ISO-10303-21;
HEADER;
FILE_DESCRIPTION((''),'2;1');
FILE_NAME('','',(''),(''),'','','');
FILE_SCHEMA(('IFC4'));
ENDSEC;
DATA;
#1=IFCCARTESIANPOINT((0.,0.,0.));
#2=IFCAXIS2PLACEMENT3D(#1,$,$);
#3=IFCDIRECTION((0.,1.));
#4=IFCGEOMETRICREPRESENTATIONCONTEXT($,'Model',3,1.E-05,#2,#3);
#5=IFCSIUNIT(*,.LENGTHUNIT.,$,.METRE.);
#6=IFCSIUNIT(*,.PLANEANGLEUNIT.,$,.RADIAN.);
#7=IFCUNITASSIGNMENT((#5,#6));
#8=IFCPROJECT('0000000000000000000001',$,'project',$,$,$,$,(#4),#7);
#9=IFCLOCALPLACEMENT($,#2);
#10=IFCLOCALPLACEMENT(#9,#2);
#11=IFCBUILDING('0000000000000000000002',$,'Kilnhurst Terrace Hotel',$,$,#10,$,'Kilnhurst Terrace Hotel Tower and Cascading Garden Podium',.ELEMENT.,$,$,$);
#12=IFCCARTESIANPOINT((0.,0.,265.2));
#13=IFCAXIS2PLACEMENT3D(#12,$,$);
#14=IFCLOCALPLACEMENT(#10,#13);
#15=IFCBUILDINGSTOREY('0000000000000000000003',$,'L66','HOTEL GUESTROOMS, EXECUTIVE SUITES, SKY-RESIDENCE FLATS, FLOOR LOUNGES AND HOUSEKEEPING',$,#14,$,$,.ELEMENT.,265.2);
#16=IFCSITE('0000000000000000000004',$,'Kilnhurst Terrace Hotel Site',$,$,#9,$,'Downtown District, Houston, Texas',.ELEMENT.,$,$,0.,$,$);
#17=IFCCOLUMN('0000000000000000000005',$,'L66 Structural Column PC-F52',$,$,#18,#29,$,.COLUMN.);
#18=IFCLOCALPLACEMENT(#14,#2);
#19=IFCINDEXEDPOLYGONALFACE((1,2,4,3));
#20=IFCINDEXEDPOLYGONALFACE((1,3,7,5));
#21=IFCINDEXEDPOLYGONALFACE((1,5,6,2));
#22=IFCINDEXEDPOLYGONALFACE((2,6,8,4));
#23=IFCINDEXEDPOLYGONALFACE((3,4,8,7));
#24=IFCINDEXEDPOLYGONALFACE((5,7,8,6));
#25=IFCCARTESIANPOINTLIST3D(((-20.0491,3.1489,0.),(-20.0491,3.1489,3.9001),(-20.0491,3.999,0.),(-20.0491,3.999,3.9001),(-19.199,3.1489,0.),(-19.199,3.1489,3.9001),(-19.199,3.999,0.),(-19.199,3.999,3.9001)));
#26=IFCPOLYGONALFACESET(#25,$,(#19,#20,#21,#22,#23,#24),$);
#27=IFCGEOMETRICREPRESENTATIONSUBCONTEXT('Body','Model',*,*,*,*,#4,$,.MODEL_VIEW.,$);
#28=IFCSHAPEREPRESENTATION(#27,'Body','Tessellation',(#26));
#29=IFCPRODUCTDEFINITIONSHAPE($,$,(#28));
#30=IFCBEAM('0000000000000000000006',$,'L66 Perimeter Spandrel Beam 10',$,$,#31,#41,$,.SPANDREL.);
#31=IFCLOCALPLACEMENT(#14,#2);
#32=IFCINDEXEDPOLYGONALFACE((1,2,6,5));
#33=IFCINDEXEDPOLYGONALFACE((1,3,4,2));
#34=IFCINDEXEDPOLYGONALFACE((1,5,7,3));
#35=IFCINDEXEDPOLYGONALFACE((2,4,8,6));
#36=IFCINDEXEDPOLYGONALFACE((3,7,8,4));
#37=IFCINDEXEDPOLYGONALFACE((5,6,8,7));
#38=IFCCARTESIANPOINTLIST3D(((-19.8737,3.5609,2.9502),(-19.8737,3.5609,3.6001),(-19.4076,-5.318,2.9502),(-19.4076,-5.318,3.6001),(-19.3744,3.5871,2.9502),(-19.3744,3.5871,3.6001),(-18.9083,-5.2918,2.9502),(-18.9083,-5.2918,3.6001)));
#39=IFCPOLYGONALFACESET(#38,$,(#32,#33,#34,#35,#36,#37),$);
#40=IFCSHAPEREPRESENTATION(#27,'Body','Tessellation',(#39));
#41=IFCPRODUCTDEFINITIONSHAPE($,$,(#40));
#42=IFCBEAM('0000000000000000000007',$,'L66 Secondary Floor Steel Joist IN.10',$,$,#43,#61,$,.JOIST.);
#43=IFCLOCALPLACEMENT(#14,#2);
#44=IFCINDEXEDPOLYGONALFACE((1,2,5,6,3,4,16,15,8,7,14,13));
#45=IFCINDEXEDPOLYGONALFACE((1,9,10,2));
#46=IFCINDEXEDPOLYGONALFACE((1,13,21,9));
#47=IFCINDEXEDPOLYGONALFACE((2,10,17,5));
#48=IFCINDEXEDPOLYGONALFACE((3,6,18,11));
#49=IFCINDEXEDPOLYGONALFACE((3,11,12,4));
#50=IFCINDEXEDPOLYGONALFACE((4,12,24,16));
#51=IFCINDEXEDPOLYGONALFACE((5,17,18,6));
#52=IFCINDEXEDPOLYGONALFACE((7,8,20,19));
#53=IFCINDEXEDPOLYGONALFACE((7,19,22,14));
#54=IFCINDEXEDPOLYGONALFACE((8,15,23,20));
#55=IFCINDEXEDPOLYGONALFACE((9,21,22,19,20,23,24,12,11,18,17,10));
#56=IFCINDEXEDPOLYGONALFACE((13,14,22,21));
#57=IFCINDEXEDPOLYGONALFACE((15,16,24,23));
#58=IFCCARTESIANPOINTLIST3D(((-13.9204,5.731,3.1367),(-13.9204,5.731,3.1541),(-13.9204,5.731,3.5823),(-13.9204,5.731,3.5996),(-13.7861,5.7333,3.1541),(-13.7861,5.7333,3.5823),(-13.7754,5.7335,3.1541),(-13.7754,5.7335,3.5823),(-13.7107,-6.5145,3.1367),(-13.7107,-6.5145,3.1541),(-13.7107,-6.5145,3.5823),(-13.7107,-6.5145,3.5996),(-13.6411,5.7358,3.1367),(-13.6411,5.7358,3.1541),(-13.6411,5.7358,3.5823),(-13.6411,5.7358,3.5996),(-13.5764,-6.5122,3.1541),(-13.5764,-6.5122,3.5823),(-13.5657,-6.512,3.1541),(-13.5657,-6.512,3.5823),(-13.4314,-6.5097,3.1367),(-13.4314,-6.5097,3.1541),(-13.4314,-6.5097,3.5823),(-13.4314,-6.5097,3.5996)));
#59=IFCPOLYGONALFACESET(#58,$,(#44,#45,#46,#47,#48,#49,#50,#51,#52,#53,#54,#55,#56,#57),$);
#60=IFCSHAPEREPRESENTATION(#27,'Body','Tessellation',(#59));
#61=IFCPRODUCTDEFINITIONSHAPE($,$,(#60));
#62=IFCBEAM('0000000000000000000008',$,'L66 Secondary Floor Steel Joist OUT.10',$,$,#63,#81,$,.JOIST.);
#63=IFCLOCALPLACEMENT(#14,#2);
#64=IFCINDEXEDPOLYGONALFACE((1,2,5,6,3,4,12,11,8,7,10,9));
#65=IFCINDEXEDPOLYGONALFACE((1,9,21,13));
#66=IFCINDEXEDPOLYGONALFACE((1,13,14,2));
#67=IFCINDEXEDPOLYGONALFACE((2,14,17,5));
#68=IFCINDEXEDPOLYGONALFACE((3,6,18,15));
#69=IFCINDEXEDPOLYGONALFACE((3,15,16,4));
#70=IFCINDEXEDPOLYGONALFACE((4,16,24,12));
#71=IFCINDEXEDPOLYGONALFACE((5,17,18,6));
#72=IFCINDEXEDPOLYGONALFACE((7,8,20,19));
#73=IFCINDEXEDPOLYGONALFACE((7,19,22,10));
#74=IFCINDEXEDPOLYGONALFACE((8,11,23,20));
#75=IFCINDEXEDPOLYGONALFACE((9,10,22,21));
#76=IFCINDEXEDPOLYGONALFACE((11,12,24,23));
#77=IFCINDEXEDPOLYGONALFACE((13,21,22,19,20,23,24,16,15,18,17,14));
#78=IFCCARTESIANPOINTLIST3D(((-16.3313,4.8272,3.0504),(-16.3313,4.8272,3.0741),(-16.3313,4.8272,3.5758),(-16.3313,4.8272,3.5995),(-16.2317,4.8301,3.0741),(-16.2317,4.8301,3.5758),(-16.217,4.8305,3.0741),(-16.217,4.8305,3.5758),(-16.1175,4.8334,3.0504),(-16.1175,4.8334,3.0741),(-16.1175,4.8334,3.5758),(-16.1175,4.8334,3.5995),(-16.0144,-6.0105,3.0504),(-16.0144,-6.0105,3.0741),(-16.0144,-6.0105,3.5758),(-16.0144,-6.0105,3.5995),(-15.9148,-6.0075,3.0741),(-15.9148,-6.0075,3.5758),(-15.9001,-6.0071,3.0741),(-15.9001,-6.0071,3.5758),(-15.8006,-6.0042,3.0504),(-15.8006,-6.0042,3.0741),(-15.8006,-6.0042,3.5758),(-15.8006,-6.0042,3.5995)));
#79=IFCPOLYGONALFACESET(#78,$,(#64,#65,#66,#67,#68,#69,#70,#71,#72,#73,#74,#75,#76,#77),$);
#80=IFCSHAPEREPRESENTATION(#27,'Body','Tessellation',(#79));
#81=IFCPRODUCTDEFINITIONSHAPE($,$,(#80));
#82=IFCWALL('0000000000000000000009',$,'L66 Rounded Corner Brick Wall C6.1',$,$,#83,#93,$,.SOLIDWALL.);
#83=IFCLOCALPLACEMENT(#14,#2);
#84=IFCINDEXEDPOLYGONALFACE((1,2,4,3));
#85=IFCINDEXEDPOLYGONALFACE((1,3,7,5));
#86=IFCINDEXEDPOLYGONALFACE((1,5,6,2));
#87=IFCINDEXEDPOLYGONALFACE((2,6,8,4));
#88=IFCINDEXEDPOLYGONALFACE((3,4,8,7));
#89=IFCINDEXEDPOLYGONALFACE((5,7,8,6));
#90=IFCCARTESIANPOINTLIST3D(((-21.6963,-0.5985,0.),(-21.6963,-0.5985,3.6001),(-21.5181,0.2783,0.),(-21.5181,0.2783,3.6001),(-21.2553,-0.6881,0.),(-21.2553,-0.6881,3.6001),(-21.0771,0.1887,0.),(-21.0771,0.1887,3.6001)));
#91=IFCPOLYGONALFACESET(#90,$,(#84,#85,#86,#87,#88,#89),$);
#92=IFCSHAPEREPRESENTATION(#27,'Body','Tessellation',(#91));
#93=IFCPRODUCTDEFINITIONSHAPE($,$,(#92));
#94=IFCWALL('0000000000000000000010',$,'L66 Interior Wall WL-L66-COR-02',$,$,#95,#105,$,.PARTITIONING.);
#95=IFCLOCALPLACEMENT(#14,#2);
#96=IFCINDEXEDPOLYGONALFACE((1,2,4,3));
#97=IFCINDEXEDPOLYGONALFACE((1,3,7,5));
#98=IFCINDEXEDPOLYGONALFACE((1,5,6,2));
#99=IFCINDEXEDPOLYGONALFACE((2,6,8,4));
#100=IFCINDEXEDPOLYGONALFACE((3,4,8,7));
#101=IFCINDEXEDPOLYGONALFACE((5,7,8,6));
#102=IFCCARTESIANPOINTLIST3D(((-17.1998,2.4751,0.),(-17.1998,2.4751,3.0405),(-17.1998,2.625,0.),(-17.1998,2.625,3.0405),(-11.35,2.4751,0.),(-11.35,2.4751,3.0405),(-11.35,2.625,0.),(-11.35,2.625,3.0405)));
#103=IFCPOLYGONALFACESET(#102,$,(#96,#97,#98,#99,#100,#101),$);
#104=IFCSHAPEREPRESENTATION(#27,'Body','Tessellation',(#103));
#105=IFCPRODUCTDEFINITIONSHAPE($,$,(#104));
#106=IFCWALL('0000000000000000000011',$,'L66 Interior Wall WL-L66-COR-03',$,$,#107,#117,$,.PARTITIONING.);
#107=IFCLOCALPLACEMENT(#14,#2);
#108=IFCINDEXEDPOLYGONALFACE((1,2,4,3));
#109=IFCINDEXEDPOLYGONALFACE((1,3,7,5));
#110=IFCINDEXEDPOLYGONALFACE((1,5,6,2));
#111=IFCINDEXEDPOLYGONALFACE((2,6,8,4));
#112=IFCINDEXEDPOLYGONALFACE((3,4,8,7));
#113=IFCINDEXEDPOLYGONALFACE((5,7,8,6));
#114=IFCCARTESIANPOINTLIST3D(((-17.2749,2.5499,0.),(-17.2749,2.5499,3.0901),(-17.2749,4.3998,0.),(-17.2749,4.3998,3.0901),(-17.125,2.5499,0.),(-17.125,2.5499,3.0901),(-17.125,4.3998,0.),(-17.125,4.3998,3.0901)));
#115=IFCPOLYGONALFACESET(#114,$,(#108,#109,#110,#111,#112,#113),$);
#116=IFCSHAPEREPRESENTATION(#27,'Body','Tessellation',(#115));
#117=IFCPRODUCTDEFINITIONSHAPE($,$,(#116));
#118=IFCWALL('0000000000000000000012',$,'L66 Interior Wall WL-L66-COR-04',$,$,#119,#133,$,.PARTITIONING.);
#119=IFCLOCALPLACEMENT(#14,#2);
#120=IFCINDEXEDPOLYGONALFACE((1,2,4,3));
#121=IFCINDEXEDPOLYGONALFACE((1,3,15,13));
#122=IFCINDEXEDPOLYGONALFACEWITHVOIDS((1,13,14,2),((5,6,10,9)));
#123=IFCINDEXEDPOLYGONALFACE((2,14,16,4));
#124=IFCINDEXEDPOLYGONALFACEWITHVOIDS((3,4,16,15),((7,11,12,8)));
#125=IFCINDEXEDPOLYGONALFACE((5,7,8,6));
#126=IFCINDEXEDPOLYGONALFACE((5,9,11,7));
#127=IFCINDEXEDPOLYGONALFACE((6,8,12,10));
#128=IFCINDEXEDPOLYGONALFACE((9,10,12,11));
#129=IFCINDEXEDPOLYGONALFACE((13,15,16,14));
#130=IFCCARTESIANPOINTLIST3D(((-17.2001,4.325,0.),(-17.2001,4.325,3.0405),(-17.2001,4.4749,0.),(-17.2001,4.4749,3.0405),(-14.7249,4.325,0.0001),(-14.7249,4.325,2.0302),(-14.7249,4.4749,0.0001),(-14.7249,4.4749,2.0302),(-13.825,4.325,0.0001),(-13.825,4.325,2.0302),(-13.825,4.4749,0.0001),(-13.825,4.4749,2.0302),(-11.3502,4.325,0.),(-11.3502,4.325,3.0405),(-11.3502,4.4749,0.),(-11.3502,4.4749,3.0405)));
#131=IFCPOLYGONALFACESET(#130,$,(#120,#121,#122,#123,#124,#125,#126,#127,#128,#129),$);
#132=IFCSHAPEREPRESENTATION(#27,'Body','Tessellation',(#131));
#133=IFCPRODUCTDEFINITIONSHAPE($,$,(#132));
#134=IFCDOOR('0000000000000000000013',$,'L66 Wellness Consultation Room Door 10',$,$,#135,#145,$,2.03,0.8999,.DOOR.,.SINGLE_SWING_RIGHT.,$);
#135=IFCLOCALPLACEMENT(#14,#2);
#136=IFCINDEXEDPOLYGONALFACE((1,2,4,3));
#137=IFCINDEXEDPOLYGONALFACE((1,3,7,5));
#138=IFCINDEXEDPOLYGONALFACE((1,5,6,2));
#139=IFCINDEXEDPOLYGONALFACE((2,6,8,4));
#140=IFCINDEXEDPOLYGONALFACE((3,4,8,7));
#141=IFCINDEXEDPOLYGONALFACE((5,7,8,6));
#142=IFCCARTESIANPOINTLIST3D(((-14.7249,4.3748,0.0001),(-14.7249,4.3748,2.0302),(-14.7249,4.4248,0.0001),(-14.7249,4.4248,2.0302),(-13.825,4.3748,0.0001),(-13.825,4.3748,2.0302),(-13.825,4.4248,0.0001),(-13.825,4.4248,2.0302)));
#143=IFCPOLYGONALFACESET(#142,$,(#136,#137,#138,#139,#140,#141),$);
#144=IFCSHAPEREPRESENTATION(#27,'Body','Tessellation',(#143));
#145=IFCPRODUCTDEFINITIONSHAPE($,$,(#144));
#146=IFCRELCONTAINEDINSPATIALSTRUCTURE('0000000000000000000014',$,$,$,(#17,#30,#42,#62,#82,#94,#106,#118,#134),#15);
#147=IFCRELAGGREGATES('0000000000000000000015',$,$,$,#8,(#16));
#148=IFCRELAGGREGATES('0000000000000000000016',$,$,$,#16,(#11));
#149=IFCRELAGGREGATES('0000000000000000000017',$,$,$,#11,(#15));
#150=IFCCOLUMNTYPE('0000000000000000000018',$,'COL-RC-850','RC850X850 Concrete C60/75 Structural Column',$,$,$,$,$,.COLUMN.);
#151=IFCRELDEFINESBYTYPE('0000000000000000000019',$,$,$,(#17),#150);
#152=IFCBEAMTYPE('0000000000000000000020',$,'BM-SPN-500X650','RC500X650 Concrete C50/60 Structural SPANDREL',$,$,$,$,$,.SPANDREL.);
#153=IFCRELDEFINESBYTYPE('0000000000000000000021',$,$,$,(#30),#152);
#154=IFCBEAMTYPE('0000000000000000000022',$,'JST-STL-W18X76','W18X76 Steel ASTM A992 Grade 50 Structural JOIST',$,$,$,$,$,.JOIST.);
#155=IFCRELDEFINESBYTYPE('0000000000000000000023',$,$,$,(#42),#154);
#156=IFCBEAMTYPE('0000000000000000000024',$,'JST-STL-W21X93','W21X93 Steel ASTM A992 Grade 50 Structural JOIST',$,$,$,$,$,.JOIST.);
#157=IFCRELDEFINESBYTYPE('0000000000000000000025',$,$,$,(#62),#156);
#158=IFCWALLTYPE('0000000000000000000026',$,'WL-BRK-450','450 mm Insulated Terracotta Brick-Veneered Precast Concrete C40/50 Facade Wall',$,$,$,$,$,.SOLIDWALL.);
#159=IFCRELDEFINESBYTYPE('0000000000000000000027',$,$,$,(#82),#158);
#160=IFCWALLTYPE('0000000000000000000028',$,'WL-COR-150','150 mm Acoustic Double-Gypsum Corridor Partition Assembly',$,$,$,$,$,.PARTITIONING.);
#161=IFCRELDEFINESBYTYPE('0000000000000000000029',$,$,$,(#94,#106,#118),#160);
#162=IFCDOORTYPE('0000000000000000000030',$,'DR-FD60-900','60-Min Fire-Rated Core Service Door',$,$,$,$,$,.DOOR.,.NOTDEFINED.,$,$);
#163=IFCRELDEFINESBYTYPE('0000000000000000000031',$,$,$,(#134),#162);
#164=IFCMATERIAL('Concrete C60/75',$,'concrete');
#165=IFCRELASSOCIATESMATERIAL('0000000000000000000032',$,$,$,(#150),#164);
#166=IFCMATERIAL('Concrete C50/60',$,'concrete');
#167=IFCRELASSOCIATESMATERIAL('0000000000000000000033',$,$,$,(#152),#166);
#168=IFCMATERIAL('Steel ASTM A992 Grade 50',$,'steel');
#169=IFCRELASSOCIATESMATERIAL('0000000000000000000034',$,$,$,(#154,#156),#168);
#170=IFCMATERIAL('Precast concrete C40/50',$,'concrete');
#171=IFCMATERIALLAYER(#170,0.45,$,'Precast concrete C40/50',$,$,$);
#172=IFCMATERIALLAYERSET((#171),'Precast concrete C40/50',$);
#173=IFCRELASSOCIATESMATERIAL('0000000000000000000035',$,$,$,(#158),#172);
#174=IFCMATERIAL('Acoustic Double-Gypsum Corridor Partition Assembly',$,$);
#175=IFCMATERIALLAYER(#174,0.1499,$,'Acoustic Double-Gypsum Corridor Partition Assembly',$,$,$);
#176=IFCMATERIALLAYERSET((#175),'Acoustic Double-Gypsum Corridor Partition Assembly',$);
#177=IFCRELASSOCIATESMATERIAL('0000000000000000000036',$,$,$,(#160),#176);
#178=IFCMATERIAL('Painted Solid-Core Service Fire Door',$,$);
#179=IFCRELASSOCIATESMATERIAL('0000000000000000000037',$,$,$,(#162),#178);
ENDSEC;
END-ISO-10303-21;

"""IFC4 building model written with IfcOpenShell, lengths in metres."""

from ifc_helpers import new_model, si_unit, direction, frame, frame_2d, origin, origin_2d, place, context, subcontext, project, spatial, rectangle, i_section, extrude, material, layer, layer_set, material_profile, profile_set, type_object, element, fill, save


model = new_model("IFC4")

# Units and contexts
model_context = context("Model", 3, precision=1e-05, world=origin(), true_north=direction((0.0, 1.0)))
body_context = subcontext(model_context, "Body", "Model", "MODEL_VIEW")
ifc_project = project(units=[si_unit("LENGTHUNIT", "METRE"), si_unit("PLANEANGLEUNIT", "RADIAN")], contexts=[model_context])

# Site, building, storey
site_placement = place(None, origin())
site = spatial("IfcSite", under=ifc_project, at=site_placement, Name="Kilnhurst Terrace Hotel Site", LongName="Downtown District, Houston, Texas", CompositionType="ELEMENT", RefElevation=0.0)
building_placement = place(site_placement, origin())
building = spatial("IfcBuilding", under=site, at=building_placement, Name="Kilnhurst Terrace Hotel", LongName="Kilnhurst Terrace Hotel Tower and Cascading Garden Podium", CompositionType="ELEMENT")
storey_placement = place(building_placement, frame((0.0, 0.0, 265.2)))
storey = spatial("IfcBuildingStorey", under=building, at=storey_placement, Name="L66", Description="HOTEL GUESTROOMS, EXECUTIVE SUITES, SKY-RESIDENCE FLATS, FLOOR LOUNGES AND HOUSEKEEPING", CompositionType="ELEMENT", Elevation=265.2)

# Column
ifc_material_1 = material(Name="Concrete C60/75", Category="concrete")
ifc_material_profile_1 = material_profile(ifc_material_1, rectangle(XDim=0.8501, YDim=0.8501, at=origin_2d()), Name="RC850X850")
ifc_profile_set_1 = profile_set([ifc_material_profile_1], Name="Concrete C60/75")
column_type = type_object("IfcColumnType", Name="COL-RC-850", Description="RC850X850 Concrete C60/75 Structural Column", PredefinedType="COLUMN", material=ifc_profile_set_1)
column_placement = place(storey_placement, frame((-19.624, 3.574, 0.0), z_axis=(0.0, 0.0, 1.0), x_axis=(1.0, 0.0, 0.0)))
element("IfcColumn", 1, at=column_placement, inside=storey, type_object=column_type, Name="L66 Structural Column PC-F52", PredefinedType="COLUMN", context=body_context, shape_type="SweptSolid", body=[
    extrude(rectangle(XDim=0.8501, YDim=0.8501, at=origin_2d()), origin(), (0.0, 0.0, 1.0), 3.9001),
])

# Beams
ifc_material_2 = material(Name="Concrete C50/60", Category="concrete")
ifc_material_profile_2 = material_profile(ifc_material_2, rectangle(XDim=0.5, YDim=0.6499, at=origin_2d()), Name="RC500X650")
ifc_profile_set_2 = profile_set([ifc_material_profile_2], Name="Concrete C50/60")
beam_type_1 = type_object("IfcBeamType", Name="BM-SPN-500X650", Description="RC500X650 Concrete C50/60 Structural SPANDREL", PredefinedType="SPANDREL", material=ifc_profile_set_2)
beam_1_placement = place(storey_placement, frame((-19.624, 3.574, 3.2751), z_axis=(0.052419, -0.998625, 0.0), x_axis=(0.998625, 0.052419, 0.0)))
element("IfcBeam", 2, at=beam_1_placement, inside=storey, type_object=beam_type_1, Name="L66 Perimeter Spandrel Beam 10", PredefinedType="SPANDREL", context=body_context, shape_type="SweptSolid", body=[
    extrude(rectangle(XDim=0.5, YDim=0.6499, at=origin_2d()), origin(), (0.0, 0.0, 1.0), 8.8911),
])
ifc_material_3 = material(Name="Steel ASTM A992 Grade 50", Category="steel")
ifc_material_profile_3 = material_profile(ifc_material_3, i_section(OverallWidth=0.2793, OverallDepth=0.4629, WebThickness=0.0107, FlangeThickness=0.0173, at=origin_2d()), Name="W18X76")
ifc_profile_set_3 = profile_set([ifc_material_profile_3], Name="Steel ASTM A992 Grade 50")
beam_type_2 = type_object("IfcBeamType", Name="JST-STL-W18X76", Description="W18X76 Steel ASTM A992 Grade 50 Structural JOIST", PredefinedType="JOIST", material=ifc_profile_set_3)
beam_2_placement = place(storey_placement, frame((-13.7808, 5.7334, 3.3682), z_axis=(0.017123, -0.999853, 0.0), x_axis=(0.999853, 0.017123, 0.0)))
element("IfcBeam", 3, at=beam_2_placement, inside=storey, type_object=beam_type_2, Name="L66 Secondary Floor Steel Joist IN.10", PredefinedType="JOIST", context=body_context, shape_type="SweptSolid", body=[
    extrude(i_section(OverallWidth=0.2793, OverallDepth=0.4629, WebThickness=0.0107, FlangeThickness=0.0173, at=origin_2d()), origin(), (0.0, 0.0, 1.0), 12.2473),
])
ifc_material_profile_4 = material_profile(ifc_material_3, i_section(OverallWidth=0.2139, OverallDepth=0.5491, WebThickness=0.0146, FlangeThickness=0.0237, at=origin_2d()), Name="W21X93")
ifc_profile_set_4 = profile_set([ifc_material_profile_4], Name="Steel ASTM A992 Grade 50")
beam_type_3 = type_object("IfcBeamType", Name="JST-STL-W21X93", Description="W21X93 Steel ASTM A992 Grade 50 Structural JOIST", PredefinedType="JOIST", material=ifc_profile_set_4)
beam_3_placement = place(storey_placement, frame((-16.2244, 4.8303, 3.325), z_axis=(0.029228, -0.999573, 0.0), x_axis=(0.999573, 0.029228, 0.0)))
element("IfcBeam", 4, at=beam_3_placement, inside=storey, type_object=beam_type_3, Name="L66 Secondary Floor Steel Joist OUT.10", PredefinedType="JOIST", context=body_context, shape_type="SweptSolid", body=[
    extrude(i_section(OverallWidth=0.2139, OverallDepth=0.5491, WebThickness=0.0146, FlangeThickness=0.0237, at=origin_2d()), origin(), (0.0, 0.0, 1.0), 10.8423),
])

# Walls
ifc_material_4 = material(Name="Precast concrete C40/50", Category="concrete")
ifc_layer_1 = layer(ifc_material_4, 0.45, Name="Precast concrete C40/50")
ifc_layer_set_1 = layer_set([ifc_layer_1], Name="Precast concrete C40/50")
wall_type_1 = type_object("IfcWallType", Name="WL-BRK-450", Description="450 mm Insulated Terracotta Brick-Veneered Precast Concrete C40/50 Facade Wall", PredefinedType="SOLIDWALL", material=ifc_layer_set_1)
wall_1_placement = place(storey_placement, frame((-21.2976, 0.2334, 0.0), z_axis=(0.0, 0.0, 1.0), x_axis=(-0.199158, -0.979967, 0.0)))
element("IfcWall", 5, at=wall_1_placement, inside=storey, type_object=wall_type_1, Name="L66 Rounded Corner Brick Wall C6.1", PredefinedType="SOLIDWALL", context=body_context, shape_type="SweptSolid", body=[
    extrude(rectangle(XDim=0.8948, YDim=0.45, at=frame_2d((0.4473, 0.0))), origin(), (0.0, 0.0, 1.0), 3.6001),
])
ifc_material_5 = material(Name="Acoustic Double-Gypsum Corridor Partition Assembly")
ifc_layer_2 = layer(ifc_material_5, 0.1499, Name="Acoustic Double-Gypsum Corridor Partition Assembly")
ifc_layer_set_2 = layer_set([ifc_layer_2], Name="Acoustic Double-Gypsum Corridor Partition Assembly")
wall_type_2 = type_object("IfcWallType", Name="WL-COR-150", Description="150 mm Acoustic Double-Gypsum Corridor Partition Assembly", PredefinedType="PARTITIONING", material=ifc_layer_set_2)
wall_2_placement = place(storey_placement, frame((-11.3501, 2.55, 0.0), z_axis=(0.0, 0.0, 1.0), x_axis=(-1.0, 0.0, 0.0)))
element("IfcWall", 6, at=wall_2_placement, inside=storey, type_object=wall_type_2, Name="L66 Interior Wall WL-L66-COR-02", PredefinedType="PARTITIONING", context=body_context, shape_type="SweptSolid", body=[
    extrude(rectangle(XDim=5.8499, YDim=0.1499, at=frame_2d((2.9248, 0.0))), origin(), (0.0, 0.0, 1.0), 3.0405),
])
wall_3_placement = place(storey_placement, frame((-17.2, 2.55, 0.0), z_axis=(0.0, 0.0, 1.0), x_axis=(0.0, 1.0, 0.0)))
element("IfcWall", 7, at=wall_3_placement, inside=storey, type_object=wall_type_2, Name="L66 Interior Wall WL-L66-COR-03", PredefinedType="PARTITIONING", context=body_context, shape_type="SweptSolid", body=[
    extrude(rectangle(XDim=1.8499, YDim=0.1499, at=frame_2d((0.9248, 0.0))), origin(), (0.0, 0.0, 1.0), 3.0901),
])

# Wall, opening, door
wall_4_placement = place(storey_placement, frame((-17.2, 4.3999, 0.0), z_axis=(0.0, 0.0, 1.0), x_axis=(1.0, 0.0, 0.0)))
wall_4 = element("IfcWall", 8, at=wall_4_placement, inside=storey, type_object=wall_type_2, Name="L66 Interior Wall WL-L66-COR-04", PredefinedType="PARTITIONING", context=body_context, shape_type="SweptSolid", body=[
    extrude(rectangle(XDim=5.8499, YDim=0.1499, at=frame_2d((2.9248, 0.0))), origin(), (0.0, 0.0, 1.0), 3.0405),
])
opening_1_placement = place(wall_4_placement, frame((2.4751, 0.0, 0.0)))
opening_1 = element("IfcOpeningElement", 9, at=opening_1_placement, cuts=wall_4, PredefinedType="OPENING", context=body_context, shape_type="SweptSolid", body=[
    extrude(rectangle(XDim=0.8999, YDim=2.03, at=frame_2d((0.45, 1.0151))), frame((0.0, 0.085, 0.0), z_axis=(0.0, -1.0, 0.0), x_axis=(1.0, 0.0, 0.0)), (0.0, 0.0, 1.0), 0.1699),
])
ifc_material_6 = material(Name="Painted Solid-Core Service Fire Door")
door_type_1 = type_object("IfcDoorType", Name="DR-FD60-900", Description="60-Min Fire-Rated Core Service Door", OperationType="NOTDEFINED", PredefinedType="DOOR", material=ifc_material_6)
door_1_placement = place(opening_1_placement, origin())
door_1 = element("IfcDoor", 10, at=door_1_placement, inside=storey, type_object=door_type_1, Name="L66 Wellness Consultation Room Door 10", OperationType="SINGLE_SWING_RIGHT", OverallHeight=2.03, OverallWidth=0.8999, PredefinedType="DOOR", context=body_context, shape_type="SweptSolid", body=[
    extrude(rectangle(XDim=0.8999, YDim=2.03, at=frame_2d((0.45, 1.0151))), frame((0.0, 0.0249, 0.0), z_axis=(0.0, -1.0, 0.0), x_axis=(1.0, 0.0, 0.0)), (0.0, 0.0, 1.0), 0.05),
])
fill(opening_1, door_1)

save(model, "model.ifc")
